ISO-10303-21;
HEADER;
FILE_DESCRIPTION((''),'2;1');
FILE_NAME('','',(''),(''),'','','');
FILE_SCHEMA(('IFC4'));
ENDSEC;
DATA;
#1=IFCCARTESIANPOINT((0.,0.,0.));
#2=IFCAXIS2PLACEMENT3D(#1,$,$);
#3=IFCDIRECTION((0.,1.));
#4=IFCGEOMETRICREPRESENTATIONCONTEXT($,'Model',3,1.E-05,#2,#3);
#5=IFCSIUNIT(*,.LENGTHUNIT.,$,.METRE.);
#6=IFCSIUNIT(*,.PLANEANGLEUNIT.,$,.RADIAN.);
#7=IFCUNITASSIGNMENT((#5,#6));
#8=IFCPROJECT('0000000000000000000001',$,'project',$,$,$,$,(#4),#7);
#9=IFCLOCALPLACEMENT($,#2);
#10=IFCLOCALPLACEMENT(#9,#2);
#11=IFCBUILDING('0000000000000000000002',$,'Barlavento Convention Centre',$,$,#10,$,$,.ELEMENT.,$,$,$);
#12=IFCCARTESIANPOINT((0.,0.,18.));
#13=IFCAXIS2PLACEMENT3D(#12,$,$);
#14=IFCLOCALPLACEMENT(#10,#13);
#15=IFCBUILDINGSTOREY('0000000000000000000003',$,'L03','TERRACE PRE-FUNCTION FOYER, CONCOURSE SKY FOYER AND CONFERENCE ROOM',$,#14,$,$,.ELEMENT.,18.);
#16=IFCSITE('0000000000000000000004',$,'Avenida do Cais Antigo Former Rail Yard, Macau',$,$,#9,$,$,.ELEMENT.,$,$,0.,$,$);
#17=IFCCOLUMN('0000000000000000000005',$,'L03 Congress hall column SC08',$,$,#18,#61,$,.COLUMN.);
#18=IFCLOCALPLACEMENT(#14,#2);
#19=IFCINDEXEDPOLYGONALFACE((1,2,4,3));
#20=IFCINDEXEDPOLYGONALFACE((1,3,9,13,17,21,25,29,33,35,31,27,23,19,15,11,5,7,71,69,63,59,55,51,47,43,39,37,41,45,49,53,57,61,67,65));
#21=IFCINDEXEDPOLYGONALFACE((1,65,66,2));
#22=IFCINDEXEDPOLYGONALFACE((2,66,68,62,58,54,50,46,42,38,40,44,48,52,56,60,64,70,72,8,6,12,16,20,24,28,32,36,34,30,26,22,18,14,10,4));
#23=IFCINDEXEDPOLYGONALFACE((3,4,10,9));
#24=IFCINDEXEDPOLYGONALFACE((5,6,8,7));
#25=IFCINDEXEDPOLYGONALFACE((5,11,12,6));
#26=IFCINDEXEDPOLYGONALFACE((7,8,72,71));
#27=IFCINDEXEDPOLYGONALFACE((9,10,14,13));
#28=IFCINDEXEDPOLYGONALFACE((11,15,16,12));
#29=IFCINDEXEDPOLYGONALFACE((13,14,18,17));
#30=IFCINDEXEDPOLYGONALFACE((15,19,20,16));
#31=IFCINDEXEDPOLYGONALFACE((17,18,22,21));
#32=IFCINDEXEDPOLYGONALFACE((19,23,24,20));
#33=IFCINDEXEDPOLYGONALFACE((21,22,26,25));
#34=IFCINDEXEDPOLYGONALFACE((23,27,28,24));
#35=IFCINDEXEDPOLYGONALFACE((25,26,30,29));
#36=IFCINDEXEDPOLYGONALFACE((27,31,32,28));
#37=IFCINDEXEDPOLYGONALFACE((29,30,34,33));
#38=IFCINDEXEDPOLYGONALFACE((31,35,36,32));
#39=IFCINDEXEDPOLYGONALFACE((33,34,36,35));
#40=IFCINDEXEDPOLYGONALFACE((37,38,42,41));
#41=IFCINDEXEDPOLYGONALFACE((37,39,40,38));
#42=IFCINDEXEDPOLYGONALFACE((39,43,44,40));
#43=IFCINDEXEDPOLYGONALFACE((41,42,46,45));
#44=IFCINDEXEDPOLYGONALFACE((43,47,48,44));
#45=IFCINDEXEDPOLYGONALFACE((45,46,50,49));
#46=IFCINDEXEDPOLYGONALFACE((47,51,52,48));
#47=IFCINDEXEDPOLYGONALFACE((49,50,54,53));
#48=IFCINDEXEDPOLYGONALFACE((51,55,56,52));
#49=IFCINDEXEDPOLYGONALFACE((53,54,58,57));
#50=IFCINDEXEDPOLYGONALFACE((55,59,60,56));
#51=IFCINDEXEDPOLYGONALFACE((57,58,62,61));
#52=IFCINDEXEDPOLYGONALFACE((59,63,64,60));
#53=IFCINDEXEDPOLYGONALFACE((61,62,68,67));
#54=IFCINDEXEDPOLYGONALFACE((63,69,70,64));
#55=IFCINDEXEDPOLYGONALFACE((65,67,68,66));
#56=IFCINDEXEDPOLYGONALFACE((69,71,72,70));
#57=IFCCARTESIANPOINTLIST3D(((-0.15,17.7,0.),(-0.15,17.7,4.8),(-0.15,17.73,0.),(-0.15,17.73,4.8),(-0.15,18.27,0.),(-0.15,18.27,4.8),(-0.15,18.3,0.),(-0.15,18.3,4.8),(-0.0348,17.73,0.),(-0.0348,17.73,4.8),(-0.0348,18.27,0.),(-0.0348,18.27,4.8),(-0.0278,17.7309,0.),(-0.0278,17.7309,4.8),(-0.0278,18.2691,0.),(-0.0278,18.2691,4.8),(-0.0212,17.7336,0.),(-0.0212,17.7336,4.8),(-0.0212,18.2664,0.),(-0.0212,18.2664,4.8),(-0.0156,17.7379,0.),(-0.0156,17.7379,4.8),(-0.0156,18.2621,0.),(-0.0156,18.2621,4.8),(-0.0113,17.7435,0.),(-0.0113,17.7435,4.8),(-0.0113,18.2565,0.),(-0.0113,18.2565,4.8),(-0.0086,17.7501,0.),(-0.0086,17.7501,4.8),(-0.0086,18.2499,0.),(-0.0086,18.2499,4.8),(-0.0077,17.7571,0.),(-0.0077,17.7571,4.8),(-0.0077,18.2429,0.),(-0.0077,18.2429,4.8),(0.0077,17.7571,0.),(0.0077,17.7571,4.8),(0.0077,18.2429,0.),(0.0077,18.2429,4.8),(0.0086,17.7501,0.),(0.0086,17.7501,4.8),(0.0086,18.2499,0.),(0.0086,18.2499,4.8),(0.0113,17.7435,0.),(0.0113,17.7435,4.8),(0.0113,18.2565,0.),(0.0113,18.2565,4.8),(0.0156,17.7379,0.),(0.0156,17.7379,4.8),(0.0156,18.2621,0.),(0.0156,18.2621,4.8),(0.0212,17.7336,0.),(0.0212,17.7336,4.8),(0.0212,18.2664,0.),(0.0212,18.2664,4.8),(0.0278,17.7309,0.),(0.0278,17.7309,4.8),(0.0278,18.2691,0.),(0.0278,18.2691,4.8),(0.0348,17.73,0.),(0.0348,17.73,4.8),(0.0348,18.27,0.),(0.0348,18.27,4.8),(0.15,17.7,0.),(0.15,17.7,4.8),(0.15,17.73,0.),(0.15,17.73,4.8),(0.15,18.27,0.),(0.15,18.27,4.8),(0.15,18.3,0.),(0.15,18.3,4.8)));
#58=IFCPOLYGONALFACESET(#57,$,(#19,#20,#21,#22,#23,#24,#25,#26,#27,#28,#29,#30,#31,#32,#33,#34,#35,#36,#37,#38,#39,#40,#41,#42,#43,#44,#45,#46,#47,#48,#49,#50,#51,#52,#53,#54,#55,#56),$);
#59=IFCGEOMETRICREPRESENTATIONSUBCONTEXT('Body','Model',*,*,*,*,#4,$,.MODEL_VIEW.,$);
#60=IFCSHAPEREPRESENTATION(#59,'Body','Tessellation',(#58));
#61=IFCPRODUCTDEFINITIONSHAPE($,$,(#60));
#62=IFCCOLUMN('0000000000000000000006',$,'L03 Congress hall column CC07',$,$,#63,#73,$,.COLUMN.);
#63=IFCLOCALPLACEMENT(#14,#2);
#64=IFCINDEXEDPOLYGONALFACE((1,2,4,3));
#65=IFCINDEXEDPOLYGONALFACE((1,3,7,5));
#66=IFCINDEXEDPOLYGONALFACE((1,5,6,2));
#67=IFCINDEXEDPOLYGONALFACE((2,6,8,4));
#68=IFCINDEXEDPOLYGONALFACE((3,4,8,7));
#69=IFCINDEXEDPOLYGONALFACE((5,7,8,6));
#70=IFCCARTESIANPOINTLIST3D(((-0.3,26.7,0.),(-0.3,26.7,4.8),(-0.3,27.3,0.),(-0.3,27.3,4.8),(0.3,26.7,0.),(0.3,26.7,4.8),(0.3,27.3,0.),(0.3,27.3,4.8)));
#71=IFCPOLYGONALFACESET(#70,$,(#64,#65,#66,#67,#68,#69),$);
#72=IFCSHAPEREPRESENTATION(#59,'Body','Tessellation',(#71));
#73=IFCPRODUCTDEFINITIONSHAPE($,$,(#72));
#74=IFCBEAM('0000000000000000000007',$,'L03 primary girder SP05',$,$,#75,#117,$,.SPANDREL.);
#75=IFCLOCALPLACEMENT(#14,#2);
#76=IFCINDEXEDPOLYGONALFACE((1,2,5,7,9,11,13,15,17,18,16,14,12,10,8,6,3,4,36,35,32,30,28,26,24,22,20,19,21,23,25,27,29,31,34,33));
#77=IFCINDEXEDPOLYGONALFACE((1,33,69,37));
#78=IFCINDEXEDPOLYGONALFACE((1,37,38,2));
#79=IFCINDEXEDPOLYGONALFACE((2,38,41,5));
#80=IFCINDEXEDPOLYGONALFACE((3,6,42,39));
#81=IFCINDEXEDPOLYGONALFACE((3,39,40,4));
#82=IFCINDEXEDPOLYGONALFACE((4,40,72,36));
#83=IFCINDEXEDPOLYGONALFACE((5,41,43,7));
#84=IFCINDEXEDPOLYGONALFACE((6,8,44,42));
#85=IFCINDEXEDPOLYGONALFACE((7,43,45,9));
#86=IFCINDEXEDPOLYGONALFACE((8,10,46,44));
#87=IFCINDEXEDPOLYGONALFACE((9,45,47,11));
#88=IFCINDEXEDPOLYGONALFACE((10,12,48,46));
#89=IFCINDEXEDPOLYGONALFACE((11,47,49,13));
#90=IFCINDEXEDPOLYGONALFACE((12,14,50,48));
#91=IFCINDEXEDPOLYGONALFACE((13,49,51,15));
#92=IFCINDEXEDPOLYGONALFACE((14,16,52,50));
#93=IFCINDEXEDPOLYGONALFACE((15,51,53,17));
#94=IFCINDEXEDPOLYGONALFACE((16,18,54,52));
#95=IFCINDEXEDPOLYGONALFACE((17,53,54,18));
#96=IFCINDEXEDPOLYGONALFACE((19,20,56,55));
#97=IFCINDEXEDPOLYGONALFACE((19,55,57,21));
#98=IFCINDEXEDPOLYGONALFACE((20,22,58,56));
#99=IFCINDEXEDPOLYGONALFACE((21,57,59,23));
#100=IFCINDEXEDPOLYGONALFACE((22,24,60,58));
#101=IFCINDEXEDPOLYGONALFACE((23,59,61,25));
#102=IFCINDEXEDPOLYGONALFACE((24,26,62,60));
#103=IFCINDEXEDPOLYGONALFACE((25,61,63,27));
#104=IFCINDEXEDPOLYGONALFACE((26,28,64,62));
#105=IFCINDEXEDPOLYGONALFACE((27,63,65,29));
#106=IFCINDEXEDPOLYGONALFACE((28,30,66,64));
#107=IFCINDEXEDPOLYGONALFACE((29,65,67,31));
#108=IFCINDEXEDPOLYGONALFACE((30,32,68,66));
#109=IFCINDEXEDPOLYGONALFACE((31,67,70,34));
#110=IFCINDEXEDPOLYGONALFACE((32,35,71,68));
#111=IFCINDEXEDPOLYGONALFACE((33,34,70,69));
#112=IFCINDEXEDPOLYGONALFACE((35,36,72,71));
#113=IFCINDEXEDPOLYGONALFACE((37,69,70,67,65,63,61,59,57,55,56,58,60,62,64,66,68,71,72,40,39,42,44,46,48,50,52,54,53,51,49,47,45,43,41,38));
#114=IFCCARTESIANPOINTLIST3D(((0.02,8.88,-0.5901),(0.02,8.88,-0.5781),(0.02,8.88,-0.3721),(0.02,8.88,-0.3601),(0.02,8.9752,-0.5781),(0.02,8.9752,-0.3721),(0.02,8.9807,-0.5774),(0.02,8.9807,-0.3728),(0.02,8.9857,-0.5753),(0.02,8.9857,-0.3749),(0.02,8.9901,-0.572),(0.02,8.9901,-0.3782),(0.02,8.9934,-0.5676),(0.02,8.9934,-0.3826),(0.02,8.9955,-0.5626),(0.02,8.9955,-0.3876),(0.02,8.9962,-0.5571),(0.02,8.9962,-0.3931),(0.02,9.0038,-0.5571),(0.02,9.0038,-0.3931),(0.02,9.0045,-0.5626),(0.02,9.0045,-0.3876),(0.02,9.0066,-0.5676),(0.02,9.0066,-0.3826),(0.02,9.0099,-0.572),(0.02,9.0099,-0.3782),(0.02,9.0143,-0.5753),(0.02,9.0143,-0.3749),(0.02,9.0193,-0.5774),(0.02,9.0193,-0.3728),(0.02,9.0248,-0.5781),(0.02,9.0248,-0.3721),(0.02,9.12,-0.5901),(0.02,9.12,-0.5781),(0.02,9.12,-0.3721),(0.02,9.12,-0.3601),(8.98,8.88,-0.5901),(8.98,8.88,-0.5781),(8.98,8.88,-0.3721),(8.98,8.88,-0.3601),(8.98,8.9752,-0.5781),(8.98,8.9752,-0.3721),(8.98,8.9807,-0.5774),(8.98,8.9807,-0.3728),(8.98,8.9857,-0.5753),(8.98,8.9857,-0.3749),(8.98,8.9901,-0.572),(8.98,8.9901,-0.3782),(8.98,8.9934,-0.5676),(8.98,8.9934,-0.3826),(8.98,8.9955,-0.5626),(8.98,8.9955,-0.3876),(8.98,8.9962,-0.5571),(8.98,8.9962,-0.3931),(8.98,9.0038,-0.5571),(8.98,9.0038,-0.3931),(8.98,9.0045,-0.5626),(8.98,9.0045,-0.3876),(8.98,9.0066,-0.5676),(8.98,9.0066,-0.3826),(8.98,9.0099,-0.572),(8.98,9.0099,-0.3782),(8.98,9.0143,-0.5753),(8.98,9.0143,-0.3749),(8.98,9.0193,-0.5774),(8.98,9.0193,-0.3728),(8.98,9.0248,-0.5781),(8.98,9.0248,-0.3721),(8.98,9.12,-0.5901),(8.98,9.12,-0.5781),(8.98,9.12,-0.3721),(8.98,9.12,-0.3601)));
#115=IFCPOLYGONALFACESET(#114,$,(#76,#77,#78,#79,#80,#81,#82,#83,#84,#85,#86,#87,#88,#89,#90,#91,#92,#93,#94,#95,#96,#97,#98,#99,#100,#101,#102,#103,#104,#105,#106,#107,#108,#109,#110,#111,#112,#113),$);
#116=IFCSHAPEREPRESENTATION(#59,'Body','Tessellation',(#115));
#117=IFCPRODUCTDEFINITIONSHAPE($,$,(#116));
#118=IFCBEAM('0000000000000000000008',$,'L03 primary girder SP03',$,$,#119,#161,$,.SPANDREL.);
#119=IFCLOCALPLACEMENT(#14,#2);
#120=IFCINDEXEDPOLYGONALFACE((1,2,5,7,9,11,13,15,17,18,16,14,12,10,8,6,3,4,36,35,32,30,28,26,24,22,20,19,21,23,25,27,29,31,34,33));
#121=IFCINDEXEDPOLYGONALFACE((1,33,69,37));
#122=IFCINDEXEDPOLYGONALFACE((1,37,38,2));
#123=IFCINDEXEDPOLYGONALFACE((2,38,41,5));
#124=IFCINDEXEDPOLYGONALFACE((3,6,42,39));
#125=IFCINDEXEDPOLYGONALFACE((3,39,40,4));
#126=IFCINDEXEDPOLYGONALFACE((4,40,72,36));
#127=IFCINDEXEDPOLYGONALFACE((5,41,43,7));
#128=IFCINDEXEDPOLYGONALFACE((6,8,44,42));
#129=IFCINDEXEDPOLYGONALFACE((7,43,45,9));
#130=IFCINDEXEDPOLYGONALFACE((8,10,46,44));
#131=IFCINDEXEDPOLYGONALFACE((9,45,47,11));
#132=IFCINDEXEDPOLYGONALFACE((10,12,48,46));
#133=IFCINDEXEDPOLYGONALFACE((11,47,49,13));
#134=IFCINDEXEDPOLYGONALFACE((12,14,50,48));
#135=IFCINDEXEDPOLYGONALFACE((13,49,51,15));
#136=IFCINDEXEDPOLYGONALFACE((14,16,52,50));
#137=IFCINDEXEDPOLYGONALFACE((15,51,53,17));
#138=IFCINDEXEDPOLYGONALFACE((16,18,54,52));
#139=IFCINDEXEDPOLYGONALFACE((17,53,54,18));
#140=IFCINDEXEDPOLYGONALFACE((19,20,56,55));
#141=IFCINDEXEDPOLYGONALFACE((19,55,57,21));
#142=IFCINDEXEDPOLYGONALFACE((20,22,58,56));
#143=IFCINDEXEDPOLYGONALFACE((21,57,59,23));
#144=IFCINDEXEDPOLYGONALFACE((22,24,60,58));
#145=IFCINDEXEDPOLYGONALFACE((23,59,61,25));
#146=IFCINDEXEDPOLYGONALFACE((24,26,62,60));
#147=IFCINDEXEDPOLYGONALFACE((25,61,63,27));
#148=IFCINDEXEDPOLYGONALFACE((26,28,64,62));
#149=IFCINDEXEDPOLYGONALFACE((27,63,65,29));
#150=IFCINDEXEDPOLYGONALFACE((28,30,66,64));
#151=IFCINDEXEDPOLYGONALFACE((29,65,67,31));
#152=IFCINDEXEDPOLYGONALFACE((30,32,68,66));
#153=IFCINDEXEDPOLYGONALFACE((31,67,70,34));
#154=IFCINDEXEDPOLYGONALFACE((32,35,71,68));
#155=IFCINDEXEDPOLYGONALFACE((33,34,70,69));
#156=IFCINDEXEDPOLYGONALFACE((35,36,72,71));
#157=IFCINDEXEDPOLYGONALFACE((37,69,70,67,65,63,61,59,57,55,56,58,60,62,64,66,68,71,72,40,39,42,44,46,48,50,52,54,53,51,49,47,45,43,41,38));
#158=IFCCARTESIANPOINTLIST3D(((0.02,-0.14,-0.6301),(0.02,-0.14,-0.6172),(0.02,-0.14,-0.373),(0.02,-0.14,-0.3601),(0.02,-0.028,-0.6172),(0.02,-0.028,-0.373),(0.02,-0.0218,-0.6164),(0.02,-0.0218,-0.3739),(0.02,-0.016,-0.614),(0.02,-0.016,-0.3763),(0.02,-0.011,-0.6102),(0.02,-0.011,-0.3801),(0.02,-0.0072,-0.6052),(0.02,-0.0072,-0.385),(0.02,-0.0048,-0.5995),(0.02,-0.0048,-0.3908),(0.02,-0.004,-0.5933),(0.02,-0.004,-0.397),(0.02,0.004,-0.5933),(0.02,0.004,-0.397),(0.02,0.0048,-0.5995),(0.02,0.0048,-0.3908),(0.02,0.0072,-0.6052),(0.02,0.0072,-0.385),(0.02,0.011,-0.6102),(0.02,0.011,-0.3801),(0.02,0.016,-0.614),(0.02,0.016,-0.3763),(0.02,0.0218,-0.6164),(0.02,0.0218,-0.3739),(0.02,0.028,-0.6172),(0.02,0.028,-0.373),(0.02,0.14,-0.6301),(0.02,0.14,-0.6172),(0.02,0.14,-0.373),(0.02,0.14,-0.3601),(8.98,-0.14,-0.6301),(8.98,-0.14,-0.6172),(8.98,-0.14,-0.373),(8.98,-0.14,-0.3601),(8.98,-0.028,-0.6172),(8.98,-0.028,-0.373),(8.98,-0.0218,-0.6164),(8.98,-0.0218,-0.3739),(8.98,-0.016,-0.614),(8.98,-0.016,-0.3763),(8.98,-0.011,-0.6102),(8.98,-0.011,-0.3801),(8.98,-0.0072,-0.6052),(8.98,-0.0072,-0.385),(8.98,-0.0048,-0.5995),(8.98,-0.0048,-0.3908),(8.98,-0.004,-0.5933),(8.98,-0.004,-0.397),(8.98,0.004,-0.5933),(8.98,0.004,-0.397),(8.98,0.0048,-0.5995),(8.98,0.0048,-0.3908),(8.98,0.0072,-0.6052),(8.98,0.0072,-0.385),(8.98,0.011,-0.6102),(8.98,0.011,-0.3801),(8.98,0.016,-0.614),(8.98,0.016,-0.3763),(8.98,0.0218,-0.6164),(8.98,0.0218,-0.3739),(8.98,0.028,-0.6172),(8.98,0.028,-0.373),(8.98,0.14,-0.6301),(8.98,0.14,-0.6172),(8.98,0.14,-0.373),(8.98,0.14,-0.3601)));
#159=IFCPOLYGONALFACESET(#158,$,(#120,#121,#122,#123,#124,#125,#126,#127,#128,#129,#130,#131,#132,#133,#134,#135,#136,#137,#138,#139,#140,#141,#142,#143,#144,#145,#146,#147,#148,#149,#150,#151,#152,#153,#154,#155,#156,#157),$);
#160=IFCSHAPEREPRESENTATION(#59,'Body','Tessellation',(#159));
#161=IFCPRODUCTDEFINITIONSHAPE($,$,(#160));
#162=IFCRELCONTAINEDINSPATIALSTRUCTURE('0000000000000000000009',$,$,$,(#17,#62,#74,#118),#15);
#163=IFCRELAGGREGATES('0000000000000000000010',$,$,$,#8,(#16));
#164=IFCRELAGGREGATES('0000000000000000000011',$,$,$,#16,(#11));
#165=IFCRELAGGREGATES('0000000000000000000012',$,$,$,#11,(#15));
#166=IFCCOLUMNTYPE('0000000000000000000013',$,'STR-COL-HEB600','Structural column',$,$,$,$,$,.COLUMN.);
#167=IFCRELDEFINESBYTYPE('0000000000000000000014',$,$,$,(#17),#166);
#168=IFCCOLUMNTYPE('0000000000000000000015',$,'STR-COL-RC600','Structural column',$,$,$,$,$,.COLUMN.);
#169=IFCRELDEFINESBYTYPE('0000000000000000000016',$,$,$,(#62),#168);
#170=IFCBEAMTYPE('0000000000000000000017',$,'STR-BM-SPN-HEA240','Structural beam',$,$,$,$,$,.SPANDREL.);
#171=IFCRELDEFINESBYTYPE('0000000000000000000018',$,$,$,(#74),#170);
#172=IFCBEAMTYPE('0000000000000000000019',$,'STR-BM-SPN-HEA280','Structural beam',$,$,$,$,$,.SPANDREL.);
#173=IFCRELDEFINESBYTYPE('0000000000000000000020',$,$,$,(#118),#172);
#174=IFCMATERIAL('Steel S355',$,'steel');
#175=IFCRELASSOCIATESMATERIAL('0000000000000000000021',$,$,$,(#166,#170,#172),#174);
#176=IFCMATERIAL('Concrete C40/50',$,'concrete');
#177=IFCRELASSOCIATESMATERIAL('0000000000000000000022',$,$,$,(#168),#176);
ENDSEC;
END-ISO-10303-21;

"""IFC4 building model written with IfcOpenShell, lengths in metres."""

from ifc_helpers import new_model, si_unit, direction, frame, origin, origin_2d, place, context, subcontext, project, spatial, rectangle, i_section, extrude, material, material_profile, profile_set, type_object, element, save


model = new_model("IFC4")

# Units and contexts
model_context = context("Model", 3, precision=1e-05, world=origin(), true_north=direction((0.0, 1.0)))
body_context = subcontext(model_context, "Body", "Model", "MODEL_VIEW")
ifc_project = project(units=[si_unit("LENGTHUNIT", "METRE"), si_unit("PLANEANGLEUNIT", "RADIAN")], contexts=[model_context])

# Site, building, storey
site_placement = place(None, origin())
site = spatial("IfcSite", under=ifc_project, at=site_placement, Name="Avenida do Cais Antigo Former Rail Yard, Macau", CompositionType="ELEMENT", RefElevation=0.0)
building_placement = place(site_placement, origin())
building = spatial("IfcBuilding", under=site, at=building_placement, Name="Barlavento Convention Centre", CompositionType="ELEMENT")
storey_placement = place(building_placement, frame((0.0, 0.0, 18.0)))
storey = spatial("IfcBuildingStorey", under=building, at=storey_placement, Name="L03", Description="TERRACE PRE-FUNCTION FOYER, CONCOURSE SKY FOYER AND CONFERENCE ROOM", CompositionType="ELEMENT", Elevation=18.0)

# Columns
ifc_material_1 = material(Name="Steel S355", Category="steel")
ifc_material_profile_1 = material_profile(ifc_material_1, i_section(OverallWidth=0.3, OverallDepth=0.6001, WebThickness=0.0154, FlangeThickness=0.03, FilletRadius=0.0271, at=origin_2d()), Name="HEB 600")
ifc_profile_set_1 = profile_set([ifc_material_profile_1], Name="Steel S355")
column_type_1 = type_object("IfcColumnType", Name="STR-COL-HEB600", Description="Structural column", PredefinedType="COLUMN", material=ifc_profile_set_1)
column_1_placement = place(storey_placement, frame((0.0, 18.0, 0.0), z_axis=(0.0, 0.0, 1.0), x_axis=(1.0, 0.0, 0.0)))
element("IfcColumn", 1, at=column_1_placement, inside=storey, type_object=column_type_1, Name="L03 Congress hall column SC08", PredefinedType="COLUMN", context=body_context, shape_type="SweptSolid", body=[
    extrude(i_section(OverallWidth=0.3, OverallDepth=0.6001, WebThickness=0.0154, FlangeThickness=0.03, FilletRadius=0.0271, at=origin_2d()), origin(), (0.0, 0.0, 1.0), 4.8),
])
ifc_material_2 = material(Name="Concrete C40/50", Category="concrete")
ifc_material_profile_2 = material_profile(ifc_material_2, rectangle(XDim=0.6001, YDim=0.6001, at=origin_2d()), Name="RC 600x600")
ifc_profile_set_2 = profile_set([ifc_material_profile_2], Name="Concrete C40/50")
column_type_2 = type_object("IfcColumnType", Name="STR-COL-RC600", Description="Structural column", PredefinedType="COLUMN", material=ifc_profile_set_2)
column_2_placement = place(storey_placement, frame((0.0, 27.0, 0.0), z_axis=(0.0, 0.0, 1.0), x_axis=(1.0, 0.0, 0.0)))
element("IfcColumn", 2, at=column_2_placement, inside=storey, type_object=column_type_2, Name="L03 Congress hall column CC07", PredefinedType="COLUMN", context=body_context, shape_type="SweptSolid", body=[
    extrude(rectangle(XDim=0.6001, YDim=0.6001, at=origin_2d()), origin(), (0.0, 0.0, 1.0), 4.8),
])

# Beams
ifc_material_profile_3 = material_profile(ifc_material_1, i_section(OverallWidth=0.24, OverallDepth=0.23, WebThickness=0.0076, FlangeThickness=0.012, FilletRadius=0.021, at=origin_2d()), Name="HEA 240")
ifc_profile_set_3 = profile_set([ifc_material_profile_3], Name="Steel S355")
beam_type_1 = type_object("IfcBeamType", Name="STR-BM-SPN-HEA240", Description="Structural beam", PredefinedType="SPANDREL", material=ifc_profile_set_3)
beam_1_placement = place(storey_placement, frame((0.02, 9.0, -0.4751), z_axis=(1.0, 0.0, 0.0), x_axis=(0.0, 1.0, 0.0)))
element("IfcBeam", 3, at=beam_1_placement, inside=storey, type_object=beam_type_1, Name="L03 primary girder SP05", PredefinedType="SPANDREL", context=body_context, shape_type="SweptSolid", body=[
    extrude(i_section(OverallWidth=0.24, OverallDepth=0.23, WebThickness=0.0076, FlangeThickness=0.012, FilletRadius=0.021, at=origin_2d()), origin(), (0.0, 0.0, 1.0), 8.96),
])
ifc_material_profile_4 = material_profile(ifc_material_1, i_section(OverallWidth=0.28, OverallDepth=0.27, WebThickness=0.0081, FlangeThickness=0.0129, FilletRadius=0.0239, at=origin_2d()), Name="HEA 280")
ifc_profile_set_4 = profile_set([ifc_material_profile_4], Name="Steel S355")
beam_type_2 = type_object("IfcBeamType", Name="STR-BM-SPN-HEA280", Description="Structural beam", PredefinedType="SPANDREL", material=ifc_profile_set_4)
for number, where, z_axis, x_axis, name in (
    (4, (0.02, 0.0, -0.4951), (1.0, 0.0, 0.0), (0.0, 1.0, 0.0), "L03 primary girder SP03"),
):
    element("IfcBeam", number, at=place(storey_placement, frame(where, z_axis=z_axis, x_axis=x_axis)), inside=storey, type_object=beam_type_2, Name=name, PredefinedType="SPANDREL", context=body_context, shape_type="SweptSolid", body=[
        extrude(i_section(OverallWidth=0.28, OverallDepth=0.27, WebThickness=0.0081, FlangeThickness=0.0129, FilletRadius=0.0239, at=origin_2d()), origin(), (0.0, 0.0, 1.0), 8.96),
    ])

save(model, "model.ifc")
